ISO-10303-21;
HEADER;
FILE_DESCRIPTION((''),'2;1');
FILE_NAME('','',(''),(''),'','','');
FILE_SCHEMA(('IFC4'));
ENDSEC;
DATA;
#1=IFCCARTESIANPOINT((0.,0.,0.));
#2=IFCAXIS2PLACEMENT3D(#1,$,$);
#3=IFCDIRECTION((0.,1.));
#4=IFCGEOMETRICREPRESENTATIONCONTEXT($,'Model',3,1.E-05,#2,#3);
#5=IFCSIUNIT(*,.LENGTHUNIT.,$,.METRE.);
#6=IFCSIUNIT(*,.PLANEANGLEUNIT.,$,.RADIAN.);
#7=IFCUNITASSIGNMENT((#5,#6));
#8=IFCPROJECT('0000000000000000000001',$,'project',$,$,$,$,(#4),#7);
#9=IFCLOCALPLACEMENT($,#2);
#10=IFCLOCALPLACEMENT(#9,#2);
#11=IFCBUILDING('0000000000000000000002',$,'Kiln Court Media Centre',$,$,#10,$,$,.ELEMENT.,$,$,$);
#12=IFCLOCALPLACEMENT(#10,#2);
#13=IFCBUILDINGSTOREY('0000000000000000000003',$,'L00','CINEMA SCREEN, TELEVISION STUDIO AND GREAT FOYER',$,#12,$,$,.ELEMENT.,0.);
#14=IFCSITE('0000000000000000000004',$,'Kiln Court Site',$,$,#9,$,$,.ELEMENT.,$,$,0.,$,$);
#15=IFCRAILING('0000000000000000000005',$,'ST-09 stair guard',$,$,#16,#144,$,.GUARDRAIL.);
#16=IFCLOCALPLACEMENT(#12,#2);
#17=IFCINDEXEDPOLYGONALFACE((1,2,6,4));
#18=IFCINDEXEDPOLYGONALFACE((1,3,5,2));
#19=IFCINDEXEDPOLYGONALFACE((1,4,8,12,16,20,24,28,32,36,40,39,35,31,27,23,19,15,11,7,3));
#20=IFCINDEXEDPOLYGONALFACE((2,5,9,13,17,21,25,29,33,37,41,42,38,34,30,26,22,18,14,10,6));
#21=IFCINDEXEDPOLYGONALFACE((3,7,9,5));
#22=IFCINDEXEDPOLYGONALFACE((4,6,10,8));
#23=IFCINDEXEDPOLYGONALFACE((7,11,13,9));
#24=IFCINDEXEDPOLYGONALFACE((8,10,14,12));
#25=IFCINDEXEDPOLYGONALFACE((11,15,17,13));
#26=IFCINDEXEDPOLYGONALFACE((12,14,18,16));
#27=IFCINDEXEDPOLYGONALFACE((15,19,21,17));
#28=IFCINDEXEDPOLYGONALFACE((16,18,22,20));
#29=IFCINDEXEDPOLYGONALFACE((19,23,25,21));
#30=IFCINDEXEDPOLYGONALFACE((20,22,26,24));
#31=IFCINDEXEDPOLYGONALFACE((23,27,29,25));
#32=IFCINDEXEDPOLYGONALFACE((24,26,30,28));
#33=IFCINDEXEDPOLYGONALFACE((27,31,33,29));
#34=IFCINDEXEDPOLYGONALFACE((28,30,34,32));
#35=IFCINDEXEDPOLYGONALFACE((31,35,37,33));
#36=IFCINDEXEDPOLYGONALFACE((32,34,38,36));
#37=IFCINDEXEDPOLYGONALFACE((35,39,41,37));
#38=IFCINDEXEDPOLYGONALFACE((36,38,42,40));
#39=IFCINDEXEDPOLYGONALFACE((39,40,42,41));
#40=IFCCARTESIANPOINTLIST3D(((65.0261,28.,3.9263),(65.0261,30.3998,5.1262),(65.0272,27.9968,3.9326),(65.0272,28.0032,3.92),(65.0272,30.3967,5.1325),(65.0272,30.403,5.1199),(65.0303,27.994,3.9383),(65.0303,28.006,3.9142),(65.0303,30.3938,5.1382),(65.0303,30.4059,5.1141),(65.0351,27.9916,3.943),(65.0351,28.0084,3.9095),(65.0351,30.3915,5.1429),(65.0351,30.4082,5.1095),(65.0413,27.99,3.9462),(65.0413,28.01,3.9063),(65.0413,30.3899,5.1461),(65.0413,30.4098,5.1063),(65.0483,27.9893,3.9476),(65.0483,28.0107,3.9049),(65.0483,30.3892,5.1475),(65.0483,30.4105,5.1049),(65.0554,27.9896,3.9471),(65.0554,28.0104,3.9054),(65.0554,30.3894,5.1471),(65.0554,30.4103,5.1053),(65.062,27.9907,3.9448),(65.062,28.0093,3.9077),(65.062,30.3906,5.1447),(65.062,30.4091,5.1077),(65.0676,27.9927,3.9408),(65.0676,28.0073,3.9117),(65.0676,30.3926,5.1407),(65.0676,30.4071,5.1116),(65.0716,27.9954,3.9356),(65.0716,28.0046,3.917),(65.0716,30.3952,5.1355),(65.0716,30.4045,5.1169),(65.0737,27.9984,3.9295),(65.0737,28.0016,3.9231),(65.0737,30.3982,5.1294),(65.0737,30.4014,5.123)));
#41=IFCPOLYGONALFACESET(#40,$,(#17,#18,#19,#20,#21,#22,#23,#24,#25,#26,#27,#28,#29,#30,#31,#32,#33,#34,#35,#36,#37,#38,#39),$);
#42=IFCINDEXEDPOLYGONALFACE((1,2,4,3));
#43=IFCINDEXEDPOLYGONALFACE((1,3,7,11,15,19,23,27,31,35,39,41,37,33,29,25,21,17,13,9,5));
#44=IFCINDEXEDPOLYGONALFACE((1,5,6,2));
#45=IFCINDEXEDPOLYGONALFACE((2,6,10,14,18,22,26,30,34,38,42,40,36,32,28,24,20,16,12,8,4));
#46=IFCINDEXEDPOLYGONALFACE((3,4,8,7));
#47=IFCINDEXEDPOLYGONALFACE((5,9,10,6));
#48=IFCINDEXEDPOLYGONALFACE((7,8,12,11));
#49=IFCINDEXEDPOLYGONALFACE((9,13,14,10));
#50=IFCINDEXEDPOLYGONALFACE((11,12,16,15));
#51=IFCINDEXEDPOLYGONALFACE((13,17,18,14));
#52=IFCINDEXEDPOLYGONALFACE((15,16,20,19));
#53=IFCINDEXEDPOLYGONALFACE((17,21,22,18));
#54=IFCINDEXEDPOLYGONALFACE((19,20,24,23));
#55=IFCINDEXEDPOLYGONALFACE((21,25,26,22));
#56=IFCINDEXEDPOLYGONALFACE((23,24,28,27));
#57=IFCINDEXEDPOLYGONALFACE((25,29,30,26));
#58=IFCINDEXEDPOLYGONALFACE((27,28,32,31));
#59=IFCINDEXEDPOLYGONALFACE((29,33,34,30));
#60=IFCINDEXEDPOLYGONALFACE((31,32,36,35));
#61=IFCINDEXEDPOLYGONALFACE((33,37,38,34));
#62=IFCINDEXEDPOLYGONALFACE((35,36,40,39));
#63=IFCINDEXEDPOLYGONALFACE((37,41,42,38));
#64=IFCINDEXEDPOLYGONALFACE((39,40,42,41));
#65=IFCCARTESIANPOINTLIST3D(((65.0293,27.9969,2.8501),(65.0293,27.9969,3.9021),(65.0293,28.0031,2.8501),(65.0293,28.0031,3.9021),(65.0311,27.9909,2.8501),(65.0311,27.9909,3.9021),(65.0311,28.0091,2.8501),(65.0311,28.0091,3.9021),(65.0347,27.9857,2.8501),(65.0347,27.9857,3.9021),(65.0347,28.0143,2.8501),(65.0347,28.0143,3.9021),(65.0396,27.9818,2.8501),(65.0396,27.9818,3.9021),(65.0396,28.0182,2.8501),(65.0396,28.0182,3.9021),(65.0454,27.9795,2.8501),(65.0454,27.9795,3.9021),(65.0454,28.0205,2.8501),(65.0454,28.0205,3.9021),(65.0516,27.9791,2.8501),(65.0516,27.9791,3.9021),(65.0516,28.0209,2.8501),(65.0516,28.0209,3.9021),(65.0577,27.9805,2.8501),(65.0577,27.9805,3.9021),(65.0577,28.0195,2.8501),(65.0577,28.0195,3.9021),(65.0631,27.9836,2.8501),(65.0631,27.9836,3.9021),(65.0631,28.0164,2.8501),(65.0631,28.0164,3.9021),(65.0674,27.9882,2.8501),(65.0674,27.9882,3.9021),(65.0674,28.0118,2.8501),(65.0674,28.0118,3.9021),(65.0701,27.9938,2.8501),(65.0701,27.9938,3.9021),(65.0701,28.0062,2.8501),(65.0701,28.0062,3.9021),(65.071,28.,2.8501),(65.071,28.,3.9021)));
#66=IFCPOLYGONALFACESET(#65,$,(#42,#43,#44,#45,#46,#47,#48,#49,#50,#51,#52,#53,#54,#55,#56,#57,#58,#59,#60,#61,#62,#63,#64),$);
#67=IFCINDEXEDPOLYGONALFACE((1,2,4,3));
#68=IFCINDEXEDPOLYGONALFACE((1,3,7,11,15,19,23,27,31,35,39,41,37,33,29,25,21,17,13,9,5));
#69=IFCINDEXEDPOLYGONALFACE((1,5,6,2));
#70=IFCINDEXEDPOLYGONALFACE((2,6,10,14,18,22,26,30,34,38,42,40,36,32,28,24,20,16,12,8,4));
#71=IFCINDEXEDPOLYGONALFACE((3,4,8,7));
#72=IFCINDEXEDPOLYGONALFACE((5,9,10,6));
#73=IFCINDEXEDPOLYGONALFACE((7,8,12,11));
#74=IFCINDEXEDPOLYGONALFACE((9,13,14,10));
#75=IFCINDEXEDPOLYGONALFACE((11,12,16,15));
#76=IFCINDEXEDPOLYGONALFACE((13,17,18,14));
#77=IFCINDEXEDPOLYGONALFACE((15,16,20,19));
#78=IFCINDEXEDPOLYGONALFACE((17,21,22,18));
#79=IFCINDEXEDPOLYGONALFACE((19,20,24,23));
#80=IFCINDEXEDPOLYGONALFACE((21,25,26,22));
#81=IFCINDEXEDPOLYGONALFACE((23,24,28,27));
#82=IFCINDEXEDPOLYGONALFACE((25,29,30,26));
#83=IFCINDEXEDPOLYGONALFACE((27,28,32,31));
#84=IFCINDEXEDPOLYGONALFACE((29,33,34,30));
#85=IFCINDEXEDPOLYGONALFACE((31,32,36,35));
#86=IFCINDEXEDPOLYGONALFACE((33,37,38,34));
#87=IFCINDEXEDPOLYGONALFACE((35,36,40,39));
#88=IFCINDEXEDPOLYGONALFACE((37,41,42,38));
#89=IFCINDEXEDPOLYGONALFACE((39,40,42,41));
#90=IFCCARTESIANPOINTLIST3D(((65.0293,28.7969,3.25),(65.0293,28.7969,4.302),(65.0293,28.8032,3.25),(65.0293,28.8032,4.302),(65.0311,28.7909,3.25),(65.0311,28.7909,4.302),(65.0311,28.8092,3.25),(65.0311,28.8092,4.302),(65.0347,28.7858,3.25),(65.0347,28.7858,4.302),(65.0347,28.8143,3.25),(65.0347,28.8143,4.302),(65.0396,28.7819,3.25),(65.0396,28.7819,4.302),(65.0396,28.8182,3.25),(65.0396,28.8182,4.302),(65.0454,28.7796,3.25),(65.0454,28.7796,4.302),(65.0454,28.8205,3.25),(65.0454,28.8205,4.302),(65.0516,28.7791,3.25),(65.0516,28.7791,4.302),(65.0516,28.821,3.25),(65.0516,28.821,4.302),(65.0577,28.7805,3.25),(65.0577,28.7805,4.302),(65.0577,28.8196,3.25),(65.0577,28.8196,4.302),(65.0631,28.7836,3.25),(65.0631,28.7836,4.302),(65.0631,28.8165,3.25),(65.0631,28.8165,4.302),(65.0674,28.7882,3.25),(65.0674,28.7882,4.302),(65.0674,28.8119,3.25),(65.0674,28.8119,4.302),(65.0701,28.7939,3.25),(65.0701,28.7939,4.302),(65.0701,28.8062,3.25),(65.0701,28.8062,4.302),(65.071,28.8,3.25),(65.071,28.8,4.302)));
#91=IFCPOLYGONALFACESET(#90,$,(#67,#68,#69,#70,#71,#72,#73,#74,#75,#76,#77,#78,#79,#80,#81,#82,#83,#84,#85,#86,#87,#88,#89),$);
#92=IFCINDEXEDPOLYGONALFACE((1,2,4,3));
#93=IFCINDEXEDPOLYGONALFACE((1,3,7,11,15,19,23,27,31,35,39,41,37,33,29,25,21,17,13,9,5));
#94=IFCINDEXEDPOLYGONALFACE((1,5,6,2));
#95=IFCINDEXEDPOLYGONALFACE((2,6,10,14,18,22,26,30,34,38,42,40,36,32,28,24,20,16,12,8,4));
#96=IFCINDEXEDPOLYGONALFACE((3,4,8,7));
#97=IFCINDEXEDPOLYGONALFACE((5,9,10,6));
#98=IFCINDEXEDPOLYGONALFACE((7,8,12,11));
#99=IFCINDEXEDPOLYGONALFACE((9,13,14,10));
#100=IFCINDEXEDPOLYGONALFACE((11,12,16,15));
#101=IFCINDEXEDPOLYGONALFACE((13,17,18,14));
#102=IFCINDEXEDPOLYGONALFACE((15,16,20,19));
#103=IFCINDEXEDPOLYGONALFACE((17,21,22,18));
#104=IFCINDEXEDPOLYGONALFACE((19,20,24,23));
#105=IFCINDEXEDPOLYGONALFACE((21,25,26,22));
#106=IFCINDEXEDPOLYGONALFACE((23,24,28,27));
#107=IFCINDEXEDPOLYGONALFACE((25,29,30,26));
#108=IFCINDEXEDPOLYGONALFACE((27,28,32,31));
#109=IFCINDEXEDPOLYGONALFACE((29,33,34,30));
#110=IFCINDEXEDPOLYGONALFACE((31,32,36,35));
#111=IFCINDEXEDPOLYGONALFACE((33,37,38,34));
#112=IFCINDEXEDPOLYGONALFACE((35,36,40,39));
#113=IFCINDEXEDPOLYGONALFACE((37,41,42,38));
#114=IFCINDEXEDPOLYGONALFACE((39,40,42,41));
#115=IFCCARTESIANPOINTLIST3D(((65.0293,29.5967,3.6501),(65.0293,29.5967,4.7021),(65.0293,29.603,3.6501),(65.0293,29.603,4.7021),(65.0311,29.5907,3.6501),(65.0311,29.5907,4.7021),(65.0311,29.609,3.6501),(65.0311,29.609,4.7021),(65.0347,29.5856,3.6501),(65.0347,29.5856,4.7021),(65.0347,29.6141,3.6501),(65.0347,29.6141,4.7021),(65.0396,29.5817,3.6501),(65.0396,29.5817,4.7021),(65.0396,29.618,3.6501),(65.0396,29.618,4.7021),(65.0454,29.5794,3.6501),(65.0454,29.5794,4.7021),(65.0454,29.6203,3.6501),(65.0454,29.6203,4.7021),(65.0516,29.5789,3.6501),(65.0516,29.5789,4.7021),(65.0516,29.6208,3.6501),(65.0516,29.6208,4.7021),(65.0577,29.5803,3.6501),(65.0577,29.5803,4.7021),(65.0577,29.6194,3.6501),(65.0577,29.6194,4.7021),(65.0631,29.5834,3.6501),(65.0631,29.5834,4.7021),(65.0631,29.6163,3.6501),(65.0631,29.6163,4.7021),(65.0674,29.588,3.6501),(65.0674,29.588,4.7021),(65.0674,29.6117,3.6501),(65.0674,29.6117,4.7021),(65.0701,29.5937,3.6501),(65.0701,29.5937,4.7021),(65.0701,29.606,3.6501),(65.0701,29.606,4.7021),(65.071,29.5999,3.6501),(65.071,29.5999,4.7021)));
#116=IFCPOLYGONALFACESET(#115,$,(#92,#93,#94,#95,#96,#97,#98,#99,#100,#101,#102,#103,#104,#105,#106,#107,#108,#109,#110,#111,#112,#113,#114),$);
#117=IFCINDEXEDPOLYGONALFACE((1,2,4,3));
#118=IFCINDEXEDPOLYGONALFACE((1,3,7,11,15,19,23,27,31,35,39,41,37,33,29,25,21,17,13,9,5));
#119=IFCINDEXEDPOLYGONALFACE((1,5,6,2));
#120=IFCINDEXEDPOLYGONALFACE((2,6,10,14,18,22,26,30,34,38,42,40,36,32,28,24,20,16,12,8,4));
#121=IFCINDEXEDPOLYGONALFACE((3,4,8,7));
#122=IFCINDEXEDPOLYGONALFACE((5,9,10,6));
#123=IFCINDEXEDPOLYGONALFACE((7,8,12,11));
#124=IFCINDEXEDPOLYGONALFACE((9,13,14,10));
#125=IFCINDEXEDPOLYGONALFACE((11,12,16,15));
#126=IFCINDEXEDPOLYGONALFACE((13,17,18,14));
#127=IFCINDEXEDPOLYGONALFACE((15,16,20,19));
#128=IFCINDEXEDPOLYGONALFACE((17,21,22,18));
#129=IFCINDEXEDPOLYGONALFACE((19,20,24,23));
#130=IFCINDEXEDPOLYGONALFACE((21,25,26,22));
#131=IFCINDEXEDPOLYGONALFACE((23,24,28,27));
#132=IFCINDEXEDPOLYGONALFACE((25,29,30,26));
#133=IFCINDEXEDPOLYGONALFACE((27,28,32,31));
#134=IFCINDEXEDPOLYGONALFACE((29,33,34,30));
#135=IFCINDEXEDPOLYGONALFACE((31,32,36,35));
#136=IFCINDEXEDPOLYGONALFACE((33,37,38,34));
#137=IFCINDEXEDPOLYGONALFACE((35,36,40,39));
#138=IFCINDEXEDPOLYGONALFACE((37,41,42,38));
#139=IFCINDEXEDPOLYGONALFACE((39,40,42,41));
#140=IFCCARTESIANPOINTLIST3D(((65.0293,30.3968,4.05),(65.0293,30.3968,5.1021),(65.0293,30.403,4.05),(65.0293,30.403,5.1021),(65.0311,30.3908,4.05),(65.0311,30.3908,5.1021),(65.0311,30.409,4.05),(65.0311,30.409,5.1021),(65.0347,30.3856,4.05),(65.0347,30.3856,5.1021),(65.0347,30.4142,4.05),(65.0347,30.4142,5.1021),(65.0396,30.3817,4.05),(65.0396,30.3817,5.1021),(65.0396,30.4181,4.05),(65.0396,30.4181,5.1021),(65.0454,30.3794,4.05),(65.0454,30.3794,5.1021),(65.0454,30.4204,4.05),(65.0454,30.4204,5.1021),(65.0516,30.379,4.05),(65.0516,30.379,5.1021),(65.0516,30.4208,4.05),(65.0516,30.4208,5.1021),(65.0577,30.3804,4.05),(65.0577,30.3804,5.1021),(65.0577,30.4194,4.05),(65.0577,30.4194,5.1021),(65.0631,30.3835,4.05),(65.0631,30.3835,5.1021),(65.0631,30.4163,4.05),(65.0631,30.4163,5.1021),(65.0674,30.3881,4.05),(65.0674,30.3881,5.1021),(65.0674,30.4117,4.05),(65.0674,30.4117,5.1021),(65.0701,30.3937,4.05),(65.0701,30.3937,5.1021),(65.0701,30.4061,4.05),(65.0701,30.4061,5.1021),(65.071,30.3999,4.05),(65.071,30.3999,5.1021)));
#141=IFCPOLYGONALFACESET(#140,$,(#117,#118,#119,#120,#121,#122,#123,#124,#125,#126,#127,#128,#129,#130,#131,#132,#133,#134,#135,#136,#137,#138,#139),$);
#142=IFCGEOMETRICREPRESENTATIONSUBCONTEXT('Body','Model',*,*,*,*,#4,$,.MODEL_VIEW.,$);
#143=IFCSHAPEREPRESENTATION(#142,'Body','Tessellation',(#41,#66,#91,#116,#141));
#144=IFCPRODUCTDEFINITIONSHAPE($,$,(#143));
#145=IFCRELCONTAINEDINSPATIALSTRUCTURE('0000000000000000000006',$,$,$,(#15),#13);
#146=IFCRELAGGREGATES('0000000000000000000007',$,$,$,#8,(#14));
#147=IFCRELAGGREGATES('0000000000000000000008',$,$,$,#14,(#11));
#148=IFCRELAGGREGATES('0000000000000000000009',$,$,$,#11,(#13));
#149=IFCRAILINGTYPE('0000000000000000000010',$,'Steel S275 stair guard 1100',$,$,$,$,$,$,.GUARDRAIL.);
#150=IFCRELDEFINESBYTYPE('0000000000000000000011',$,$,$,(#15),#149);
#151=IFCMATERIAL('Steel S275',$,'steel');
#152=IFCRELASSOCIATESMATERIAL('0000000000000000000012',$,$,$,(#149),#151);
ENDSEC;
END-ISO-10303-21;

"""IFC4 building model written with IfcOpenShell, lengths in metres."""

from ifc_helpers import new_model, si_unit, direction, frame, origin, origin_2d, place, context, subcontext, project, spatial, circle, extrude, material, type_object, element, save


model = new_model("IFC4")

# Units and contexts
model_context = context("Model", 3, precision=1e-05, world=origin(), true_north=direction((0.0, 1.0)))
body_context = subcontext(model_context, "Body", "Model", "MODEL_VIEW")
ifc_project = project(units=[si_unit("LENGTHUNIT", "METRE"), si_unit("PLANEANGLEUNIT", "RADIAN")], contexts=[model_context])

# Site, building, storey
site_placement = place(None, origin())
site = spatial("IfcSite", under=ifc_project, at=site_placement, Name="Kiln Court Site", CompositionType="ELEMENT", RefElevation=0.0)
building_placement = place(site_placement, origin())
building = spatial("IfcBuilding", under=site, at=building_placement, Name="Kiln Court Media Centre", CompositionType="ELEMENT")
storey_placement = place(building_placement, origin())
storey = spatial("IfcBuildingStorey", under=building, at=storey_placement, Name="L00", Description="CINEMA SCREEN, TELEVISION STUDIO AND GREAT FOYER", CompositionType="ELEMENT", Elevation=0.0)

# Railing
ifc_material_1 = material(Name="Steel S275", Category="steel")
railing_type_1 = type_object("IfcRailingType", Name="Steel S275 stair guard 1100", PredefinedType="GUARDRAIL", material=ifc_material_1)
railing_1_placement = place(storey_placement, frame((65.05, 28.0, 2.8501)))
element("IfcRailing", 1, at=railing_1_placement, inside=storey, type_object=railing_type_1, Name="ST-09 stair guard", PredefinedType="GUARDRAIL", context=body_context, shape_type="SweptSolid", body=[
    extrude(circle(Radius=0.0239, at=origin_2d()), frame((0.0, 0.0, 1.0762), z_axis=(0.0, 0.894427, 0.447214), x_axis=(-1.0, 0.0, 0.0)), (0.0, 0.0, 1.0), 2.6831),
    extrude(circle(Radius=0.021, at=origin_2d()), origin(), (0.0, 0.0, 1.0), 1.052),
    extrude(circle(Radius=0.021, at=origin_2d()), frame((0.0, 0.8, 0.3999)), (0.0, 0.0, 1.0), 1.052),
    extrude(circle(Radius=0.021, at=origin_2d()), frame((0.0, 1.5999, 0.8)), (0.0, 0.0, 1.0), 1.052),
    extrude(circle(Radius=0.021, at=origin_2d()), frame((0.0, 2.3999, 1.2)), (0.0, 0.0, 1.0), 1.052),
])

save(model, "model.ifc")
